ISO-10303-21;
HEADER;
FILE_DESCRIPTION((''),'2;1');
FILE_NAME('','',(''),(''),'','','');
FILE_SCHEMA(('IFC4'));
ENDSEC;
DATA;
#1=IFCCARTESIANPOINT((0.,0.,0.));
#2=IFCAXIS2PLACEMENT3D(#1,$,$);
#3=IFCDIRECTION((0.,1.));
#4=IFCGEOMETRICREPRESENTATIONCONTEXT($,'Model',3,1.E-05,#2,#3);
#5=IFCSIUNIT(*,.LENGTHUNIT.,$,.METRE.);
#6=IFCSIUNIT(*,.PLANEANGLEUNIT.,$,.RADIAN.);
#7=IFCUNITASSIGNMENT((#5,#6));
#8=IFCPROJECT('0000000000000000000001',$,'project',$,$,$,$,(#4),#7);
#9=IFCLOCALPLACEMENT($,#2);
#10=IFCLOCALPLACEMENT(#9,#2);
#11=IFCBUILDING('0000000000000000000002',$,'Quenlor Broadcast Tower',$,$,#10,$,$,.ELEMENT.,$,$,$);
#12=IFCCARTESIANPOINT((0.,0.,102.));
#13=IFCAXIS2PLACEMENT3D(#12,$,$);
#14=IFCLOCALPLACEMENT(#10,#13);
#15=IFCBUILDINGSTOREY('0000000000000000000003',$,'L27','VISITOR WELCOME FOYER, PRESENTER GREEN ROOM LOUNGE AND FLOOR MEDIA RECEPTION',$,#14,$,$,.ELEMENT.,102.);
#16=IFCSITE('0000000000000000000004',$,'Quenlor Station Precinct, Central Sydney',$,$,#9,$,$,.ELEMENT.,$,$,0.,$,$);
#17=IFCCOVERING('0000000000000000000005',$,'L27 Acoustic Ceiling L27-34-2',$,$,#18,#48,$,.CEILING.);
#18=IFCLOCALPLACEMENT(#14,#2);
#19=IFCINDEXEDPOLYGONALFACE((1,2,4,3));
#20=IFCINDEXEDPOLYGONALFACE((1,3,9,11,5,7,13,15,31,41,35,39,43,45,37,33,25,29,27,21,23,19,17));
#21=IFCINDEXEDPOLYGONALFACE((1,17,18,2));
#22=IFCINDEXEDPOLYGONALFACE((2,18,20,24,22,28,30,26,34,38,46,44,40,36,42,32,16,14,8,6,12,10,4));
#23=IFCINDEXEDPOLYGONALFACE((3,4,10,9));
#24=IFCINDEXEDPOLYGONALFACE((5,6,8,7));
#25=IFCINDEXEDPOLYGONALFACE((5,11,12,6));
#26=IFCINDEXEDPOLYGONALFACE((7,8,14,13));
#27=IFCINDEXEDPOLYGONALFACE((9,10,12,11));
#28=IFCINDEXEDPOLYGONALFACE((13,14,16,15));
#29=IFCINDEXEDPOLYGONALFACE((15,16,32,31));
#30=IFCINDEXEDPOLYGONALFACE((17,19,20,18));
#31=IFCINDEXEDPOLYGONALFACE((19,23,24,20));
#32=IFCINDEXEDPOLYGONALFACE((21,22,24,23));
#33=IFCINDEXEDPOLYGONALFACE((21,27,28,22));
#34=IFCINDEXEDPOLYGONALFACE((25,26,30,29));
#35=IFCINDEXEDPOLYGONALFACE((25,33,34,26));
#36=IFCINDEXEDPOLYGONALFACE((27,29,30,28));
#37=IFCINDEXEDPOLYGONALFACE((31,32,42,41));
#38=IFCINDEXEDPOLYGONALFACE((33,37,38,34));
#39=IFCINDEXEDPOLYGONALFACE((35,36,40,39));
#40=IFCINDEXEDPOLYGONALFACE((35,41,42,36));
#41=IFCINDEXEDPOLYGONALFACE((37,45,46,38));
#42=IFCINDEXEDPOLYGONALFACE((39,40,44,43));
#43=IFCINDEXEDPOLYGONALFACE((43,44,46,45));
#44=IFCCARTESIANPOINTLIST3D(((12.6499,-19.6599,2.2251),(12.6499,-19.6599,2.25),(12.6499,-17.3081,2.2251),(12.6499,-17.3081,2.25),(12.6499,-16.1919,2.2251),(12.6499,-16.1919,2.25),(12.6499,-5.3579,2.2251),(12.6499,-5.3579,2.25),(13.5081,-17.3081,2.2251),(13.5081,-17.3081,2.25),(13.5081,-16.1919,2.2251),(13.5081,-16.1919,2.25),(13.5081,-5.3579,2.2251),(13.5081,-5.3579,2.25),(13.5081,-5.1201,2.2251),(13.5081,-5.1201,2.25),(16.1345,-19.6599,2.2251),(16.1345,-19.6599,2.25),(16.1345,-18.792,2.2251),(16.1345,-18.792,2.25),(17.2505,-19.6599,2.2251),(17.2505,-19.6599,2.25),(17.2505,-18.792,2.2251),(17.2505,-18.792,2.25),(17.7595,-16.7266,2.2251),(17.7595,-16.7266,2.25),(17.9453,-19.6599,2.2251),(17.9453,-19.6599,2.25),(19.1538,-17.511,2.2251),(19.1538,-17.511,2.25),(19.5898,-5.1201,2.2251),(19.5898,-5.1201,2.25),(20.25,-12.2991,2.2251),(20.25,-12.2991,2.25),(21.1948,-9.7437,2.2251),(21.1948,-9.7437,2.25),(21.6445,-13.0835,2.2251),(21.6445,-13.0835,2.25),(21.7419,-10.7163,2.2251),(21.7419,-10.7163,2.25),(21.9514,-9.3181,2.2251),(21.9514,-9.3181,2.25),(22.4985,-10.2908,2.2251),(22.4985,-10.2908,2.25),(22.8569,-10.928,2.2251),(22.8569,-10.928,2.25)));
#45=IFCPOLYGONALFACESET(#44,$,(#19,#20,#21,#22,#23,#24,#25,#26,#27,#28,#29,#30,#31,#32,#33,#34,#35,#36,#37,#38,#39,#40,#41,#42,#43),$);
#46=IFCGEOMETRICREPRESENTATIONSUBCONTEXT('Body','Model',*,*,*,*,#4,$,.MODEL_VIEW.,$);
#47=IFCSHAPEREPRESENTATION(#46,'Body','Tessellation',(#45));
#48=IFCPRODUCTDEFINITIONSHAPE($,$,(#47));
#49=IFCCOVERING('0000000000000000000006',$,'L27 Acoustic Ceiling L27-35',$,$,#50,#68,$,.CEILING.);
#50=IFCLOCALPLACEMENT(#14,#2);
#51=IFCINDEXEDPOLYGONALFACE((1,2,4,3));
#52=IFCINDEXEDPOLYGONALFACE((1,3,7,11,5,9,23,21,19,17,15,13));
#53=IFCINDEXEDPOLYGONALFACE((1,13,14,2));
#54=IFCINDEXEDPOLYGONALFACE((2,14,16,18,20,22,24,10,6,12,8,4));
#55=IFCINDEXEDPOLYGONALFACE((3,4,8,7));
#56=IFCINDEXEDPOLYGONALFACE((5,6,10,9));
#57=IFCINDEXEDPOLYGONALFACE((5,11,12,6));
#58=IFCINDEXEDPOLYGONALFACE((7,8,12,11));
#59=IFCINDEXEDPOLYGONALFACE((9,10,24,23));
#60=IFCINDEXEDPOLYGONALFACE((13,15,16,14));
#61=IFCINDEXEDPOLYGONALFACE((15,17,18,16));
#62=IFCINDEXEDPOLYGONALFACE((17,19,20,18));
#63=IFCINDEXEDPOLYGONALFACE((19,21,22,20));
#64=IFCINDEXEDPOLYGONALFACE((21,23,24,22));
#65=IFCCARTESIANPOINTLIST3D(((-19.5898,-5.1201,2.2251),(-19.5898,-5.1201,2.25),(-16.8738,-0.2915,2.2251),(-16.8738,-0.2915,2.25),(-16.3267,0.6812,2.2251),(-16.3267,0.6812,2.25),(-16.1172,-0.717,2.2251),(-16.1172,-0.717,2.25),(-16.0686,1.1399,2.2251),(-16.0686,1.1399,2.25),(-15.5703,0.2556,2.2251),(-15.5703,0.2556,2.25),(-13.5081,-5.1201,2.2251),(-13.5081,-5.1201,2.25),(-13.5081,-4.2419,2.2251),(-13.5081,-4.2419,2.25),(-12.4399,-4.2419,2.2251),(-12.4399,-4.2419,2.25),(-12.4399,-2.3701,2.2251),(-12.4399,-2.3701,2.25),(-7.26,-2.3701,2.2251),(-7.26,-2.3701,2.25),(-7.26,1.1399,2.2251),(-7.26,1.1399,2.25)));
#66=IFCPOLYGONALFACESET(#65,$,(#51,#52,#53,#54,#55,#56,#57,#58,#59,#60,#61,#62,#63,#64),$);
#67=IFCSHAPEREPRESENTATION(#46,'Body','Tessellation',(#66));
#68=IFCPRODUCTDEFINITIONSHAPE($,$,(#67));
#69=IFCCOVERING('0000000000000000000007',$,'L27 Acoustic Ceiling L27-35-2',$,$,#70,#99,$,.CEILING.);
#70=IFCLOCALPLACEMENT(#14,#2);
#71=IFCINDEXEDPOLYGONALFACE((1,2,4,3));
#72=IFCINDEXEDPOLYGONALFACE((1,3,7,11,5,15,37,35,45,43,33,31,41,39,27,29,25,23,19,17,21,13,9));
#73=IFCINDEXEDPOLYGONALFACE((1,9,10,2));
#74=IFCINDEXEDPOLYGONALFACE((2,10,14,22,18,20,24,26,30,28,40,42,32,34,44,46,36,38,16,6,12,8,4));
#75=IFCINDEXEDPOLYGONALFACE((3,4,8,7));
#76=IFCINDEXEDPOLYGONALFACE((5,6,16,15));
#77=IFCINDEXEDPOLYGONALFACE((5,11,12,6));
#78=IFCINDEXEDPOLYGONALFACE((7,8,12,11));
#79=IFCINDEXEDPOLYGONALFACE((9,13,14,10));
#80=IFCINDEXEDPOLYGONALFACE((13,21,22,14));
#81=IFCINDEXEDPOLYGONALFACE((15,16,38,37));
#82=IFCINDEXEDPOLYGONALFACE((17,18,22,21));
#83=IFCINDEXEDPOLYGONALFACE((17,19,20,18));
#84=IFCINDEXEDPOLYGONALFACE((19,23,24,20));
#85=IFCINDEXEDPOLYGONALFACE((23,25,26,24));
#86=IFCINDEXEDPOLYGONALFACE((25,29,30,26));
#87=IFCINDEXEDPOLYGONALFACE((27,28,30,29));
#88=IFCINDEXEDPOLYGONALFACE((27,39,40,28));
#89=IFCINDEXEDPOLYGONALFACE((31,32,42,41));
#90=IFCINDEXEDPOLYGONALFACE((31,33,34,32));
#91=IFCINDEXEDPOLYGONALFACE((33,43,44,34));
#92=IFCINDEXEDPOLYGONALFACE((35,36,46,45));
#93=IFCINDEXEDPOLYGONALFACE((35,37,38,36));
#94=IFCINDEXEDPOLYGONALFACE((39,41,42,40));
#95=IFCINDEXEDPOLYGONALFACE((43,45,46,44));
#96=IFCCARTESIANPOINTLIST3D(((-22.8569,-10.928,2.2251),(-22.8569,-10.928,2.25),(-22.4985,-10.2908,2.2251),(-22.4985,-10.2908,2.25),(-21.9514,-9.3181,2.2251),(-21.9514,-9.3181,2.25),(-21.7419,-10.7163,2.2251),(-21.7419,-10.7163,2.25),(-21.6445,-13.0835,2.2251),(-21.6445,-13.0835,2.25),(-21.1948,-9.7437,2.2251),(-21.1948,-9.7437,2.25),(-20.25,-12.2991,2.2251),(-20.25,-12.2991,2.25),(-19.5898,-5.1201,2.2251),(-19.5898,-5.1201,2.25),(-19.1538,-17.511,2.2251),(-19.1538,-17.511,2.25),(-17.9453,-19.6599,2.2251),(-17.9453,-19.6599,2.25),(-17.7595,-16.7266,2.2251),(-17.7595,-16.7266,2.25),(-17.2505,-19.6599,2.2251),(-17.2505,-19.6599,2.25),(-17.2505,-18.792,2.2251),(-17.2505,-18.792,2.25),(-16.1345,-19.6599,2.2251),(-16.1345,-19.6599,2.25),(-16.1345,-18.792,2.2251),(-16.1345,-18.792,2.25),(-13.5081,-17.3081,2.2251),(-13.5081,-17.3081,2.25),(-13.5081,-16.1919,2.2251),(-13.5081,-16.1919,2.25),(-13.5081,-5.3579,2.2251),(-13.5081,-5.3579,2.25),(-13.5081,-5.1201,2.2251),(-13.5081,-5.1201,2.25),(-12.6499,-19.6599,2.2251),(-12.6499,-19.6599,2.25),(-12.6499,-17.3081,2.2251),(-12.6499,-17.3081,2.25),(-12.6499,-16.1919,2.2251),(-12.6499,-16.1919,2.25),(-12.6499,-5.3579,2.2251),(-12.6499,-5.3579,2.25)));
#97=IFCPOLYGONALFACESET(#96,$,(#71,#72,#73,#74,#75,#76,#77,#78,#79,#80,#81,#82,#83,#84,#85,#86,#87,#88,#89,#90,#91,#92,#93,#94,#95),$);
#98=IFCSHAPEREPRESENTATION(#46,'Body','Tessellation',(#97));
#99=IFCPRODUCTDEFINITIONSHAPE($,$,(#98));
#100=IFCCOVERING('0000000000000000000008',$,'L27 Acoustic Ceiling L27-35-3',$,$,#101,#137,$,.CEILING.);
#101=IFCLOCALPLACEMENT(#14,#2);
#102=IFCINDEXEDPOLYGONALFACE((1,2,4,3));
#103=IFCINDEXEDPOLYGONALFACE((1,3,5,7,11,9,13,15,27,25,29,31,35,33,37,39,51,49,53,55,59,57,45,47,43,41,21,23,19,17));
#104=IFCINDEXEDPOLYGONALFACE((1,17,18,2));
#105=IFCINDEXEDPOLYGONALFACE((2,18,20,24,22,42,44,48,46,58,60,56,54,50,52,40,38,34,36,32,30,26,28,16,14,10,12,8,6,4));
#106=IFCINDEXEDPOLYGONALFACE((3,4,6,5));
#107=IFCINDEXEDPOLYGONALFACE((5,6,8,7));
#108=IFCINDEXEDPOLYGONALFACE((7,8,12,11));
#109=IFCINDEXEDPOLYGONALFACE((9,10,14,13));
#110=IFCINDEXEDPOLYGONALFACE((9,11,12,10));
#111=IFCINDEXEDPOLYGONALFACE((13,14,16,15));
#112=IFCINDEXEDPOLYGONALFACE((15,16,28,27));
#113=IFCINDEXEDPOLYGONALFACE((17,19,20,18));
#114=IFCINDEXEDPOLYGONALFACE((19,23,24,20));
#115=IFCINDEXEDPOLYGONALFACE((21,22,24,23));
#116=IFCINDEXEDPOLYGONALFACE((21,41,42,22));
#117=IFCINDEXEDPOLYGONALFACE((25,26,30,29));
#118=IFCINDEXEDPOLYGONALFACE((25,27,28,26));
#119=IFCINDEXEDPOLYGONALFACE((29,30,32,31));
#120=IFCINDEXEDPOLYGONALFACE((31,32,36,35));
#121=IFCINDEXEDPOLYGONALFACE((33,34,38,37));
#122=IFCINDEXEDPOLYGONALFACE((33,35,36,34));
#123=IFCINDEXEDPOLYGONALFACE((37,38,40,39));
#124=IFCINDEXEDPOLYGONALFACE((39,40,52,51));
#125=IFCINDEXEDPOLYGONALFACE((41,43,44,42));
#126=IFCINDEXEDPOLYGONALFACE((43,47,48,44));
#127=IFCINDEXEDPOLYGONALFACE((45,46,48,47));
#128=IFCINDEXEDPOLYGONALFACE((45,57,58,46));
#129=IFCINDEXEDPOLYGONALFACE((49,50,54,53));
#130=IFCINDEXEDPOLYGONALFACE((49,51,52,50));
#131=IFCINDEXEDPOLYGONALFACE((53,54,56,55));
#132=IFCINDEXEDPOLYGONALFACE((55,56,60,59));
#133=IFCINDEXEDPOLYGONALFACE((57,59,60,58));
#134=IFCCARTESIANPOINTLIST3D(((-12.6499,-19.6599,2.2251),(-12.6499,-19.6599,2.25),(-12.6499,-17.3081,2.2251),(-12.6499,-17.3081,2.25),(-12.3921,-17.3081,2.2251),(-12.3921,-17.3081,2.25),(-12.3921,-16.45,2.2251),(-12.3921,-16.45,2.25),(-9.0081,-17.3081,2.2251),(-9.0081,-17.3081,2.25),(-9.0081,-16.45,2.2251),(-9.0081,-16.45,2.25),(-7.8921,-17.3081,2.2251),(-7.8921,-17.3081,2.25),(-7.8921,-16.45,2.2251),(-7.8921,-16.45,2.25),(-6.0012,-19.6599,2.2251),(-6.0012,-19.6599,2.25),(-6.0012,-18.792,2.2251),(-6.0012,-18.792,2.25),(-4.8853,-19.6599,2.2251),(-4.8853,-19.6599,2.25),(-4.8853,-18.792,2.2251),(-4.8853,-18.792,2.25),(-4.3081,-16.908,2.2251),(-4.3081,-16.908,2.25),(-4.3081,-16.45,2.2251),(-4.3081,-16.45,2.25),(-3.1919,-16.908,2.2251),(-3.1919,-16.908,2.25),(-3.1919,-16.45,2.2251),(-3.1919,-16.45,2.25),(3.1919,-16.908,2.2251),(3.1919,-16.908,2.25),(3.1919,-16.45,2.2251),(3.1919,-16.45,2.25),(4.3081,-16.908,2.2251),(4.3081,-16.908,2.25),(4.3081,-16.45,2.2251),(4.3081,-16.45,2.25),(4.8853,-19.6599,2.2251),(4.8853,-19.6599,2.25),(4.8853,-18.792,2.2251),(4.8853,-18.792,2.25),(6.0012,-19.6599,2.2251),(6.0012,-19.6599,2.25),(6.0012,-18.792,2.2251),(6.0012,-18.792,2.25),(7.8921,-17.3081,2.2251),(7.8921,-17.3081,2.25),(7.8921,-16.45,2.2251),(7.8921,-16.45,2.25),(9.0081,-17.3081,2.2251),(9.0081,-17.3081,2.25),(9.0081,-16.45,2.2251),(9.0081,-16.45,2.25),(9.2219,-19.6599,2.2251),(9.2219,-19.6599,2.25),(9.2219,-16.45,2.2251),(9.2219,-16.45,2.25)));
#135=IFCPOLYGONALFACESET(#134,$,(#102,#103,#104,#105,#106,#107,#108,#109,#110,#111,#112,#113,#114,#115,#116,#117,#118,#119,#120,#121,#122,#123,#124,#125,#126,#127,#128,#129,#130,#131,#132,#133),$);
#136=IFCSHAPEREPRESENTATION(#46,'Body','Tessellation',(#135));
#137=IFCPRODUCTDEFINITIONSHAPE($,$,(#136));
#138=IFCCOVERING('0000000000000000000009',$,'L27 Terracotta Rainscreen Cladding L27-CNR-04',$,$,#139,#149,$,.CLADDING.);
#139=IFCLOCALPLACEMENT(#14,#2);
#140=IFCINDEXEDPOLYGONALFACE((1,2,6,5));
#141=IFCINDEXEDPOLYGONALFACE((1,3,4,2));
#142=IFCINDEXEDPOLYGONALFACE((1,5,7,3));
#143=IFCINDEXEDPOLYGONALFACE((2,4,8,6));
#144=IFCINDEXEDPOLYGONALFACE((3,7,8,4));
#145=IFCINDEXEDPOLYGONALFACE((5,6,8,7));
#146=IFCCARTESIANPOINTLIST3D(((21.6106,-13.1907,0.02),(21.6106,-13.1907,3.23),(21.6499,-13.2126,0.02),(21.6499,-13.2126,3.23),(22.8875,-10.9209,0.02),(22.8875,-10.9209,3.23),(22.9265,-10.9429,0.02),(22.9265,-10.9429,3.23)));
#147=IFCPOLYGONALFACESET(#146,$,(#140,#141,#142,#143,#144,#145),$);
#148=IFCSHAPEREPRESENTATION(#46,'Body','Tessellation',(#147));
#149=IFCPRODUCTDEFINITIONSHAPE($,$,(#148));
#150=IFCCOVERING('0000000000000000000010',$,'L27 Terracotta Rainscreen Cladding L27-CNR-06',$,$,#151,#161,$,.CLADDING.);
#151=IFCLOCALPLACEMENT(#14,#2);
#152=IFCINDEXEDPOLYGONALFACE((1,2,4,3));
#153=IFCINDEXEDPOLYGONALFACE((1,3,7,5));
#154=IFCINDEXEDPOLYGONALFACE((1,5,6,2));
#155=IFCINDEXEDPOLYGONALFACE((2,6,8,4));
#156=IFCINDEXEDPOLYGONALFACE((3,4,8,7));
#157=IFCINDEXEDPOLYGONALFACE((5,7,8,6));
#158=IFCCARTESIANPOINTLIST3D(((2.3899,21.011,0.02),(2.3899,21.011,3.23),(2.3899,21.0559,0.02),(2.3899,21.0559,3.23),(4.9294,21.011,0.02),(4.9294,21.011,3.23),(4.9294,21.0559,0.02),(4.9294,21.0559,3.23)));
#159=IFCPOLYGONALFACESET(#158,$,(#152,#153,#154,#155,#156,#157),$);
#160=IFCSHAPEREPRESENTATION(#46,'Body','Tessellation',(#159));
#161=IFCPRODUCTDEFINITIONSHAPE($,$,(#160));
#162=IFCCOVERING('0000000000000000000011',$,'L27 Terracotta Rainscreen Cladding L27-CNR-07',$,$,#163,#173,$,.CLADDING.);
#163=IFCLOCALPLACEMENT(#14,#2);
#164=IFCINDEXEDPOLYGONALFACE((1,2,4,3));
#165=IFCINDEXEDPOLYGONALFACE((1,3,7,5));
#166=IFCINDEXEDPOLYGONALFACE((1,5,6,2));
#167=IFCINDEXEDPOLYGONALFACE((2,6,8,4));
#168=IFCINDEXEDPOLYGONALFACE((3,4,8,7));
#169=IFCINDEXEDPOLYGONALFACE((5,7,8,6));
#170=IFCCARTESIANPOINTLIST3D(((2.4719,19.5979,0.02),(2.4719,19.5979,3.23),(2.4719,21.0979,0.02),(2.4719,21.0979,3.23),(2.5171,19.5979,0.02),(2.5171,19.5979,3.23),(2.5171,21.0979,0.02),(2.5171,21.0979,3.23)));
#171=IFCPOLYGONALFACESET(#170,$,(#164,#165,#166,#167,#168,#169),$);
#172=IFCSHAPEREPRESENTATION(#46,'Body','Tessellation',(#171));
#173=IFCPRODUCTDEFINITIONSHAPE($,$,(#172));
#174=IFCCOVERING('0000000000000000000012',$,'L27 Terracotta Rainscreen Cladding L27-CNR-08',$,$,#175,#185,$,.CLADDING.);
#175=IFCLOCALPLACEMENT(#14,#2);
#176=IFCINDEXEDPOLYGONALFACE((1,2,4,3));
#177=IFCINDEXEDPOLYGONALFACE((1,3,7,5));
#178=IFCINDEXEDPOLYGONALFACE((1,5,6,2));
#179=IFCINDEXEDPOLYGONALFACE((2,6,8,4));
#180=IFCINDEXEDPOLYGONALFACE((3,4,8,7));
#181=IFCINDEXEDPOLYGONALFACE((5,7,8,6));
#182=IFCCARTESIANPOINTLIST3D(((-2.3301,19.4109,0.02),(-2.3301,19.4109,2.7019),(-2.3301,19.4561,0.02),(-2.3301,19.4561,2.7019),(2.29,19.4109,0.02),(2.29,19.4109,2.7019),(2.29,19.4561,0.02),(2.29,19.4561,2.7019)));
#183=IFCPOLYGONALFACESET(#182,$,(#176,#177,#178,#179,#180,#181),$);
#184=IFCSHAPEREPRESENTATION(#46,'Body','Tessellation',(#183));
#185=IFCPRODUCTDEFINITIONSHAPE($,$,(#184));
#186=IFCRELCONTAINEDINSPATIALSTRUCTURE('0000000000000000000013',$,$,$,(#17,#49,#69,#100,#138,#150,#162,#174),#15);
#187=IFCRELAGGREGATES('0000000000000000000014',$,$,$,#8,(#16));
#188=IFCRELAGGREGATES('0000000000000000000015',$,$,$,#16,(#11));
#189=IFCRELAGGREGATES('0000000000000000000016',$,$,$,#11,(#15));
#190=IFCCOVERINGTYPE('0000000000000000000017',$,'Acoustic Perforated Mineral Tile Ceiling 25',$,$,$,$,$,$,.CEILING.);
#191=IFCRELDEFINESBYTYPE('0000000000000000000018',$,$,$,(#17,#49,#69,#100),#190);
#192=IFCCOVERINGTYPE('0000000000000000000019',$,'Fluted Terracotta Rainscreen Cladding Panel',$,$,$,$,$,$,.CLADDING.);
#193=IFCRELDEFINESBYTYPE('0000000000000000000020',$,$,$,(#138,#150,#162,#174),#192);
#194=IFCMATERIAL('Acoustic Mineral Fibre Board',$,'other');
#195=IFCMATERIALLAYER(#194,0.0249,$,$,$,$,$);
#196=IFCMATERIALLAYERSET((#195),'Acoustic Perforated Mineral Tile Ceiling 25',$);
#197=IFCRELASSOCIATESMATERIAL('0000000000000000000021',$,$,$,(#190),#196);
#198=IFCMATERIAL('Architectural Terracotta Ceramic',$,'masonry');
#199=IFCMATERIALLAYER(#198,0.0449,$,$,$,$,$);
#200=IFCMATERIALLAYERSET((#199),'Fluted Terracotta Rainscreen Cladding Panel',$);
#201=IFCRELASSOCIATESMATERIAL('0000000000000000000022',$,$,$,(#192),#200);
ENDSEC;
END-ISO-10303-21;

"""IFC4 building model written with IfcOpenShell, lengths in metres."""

from ifc_helpers import new_model, si_unit, direction, frame, origin, place, context, subcontext, project, spatial, polyline, outline, extrude, material, layer, layer_set, type_object, element, save


model = new_model("IFC4")

# Units and contexts
model_context = context("Model", 3, precision=1e-05, world=origin(), true_north=direction((0.0, 1.0)))
body_context = subcontext(model_context, "Body", "Model", "MODEL_VIEW")
ifc_project = project(units=[si_unit("LENGTHUNIT", "METRE"), si_unit("PLANEANGLEUNIT", "RADIAN")], contexts=[model_context])

# Site, building, storey
site_placement = place(None, origin())
site = spatial("IfcSite", under=ifc_project, at=site_placement, Name="Quenlor Station Precinct, Central Sydney", CompositionType="ELEMENT", RefElevation=0.0)
building_placement = place(site_placement, origin())
building = spatial("IfcBuilding", under=site, at=building_placement, Name="Quenlor Broadcast Tower", CompositionType="ELEMENT")
storey_placement = place(building_placement, frame((0.0, 0.0, 102.0)))
storey = spatial("IfcBuildingStorey", under=building, at=storey_placement, Name="L27", Description="VISITOR WELCOME FOYER, PRESENTER GREEN ROOM LOUNGE AND FLOOR MEDIA RECEPTION", CompositionType="ELEMENT", Elevation=102.0)

# Coverings
ifc_material_1 = material(Name="Acoustic Mineral Fibre Board", Category="other")
ifc_layer_1 = layer(ifc_material_1, 0.0249)
ifc_layer_set_1 = layer_set([ifc_layer_1], Name="Acoustic Perforated Mineral Tile Ceiling 25")
covering_type_1 = type_object("IfcCoveringType", Name="Acoustic Perforated Mineral Tile Ceiling 25", PredefinedType="CEILING", material=ifc_layer_set_1)
covering_1_placement = place(storey_placement, frame((0.0, 0.0, 2.2251)))
element("IfcCovering", 1, at=covering_1_placement, inside=storey, type_object=covering_type_1, Name="L27 Acoustic Ceiling L27-34-2", PredefinedType="CEILING", context=body_context, shape_type="SweptSolid", body=[
    extrude(outline(polyline([(21.9514, -9.3181), (21.1948, -9.7437), (21.7419, -10.7163), (22.4985, -10.2908), (22.8569, -10.928), (21.6445, -13.0835), (20.25, -12.2991), (17.7595, -16.7266), (19.1538, -17.511), (17.9453, -19.6599), (17.2505, -19.6599), (17.2505, -18.792), (16.1345, -18.792), (16.1345, -19.6599), (12.6499, -19.6599), (12.6499, -17.3081), (13.5081, -17.3081), (13.5081, -16.1919), (12.6499, -16.1919), (12.6499, -5.3579), (13.5081, -5.3579), (13.5081, -5.1201), (19.5898, -5.1201), (21.9514, -9.3181)])), origin(), (0.0, 0.0, 1.0), 0.0249),
])
covering_2_placement = place(storey_placement, frame((0.0, 0.0, 2.2251)))
element("IfcCovering", 2, at=covering_2_placement, inside=storey, type_object=covering_type_1, Name="L27 Acoustic Ceiling L27-35", PredefinedType="CEILING", context=body_context, shape_type="SweptSolid", body=[
    extrude(outline(polyline([(-16.8738, -0.2915), (-16.1172, -0.717), (-15.5703, 0.2556), (-16.3267, 0.6812), (-16.0686, 1.1399), (-7.26, 1.1399), (-7.26, -2.3701), (-12.4399, -2.3701), (-12.4399, -4.2419), (-13.5081, -4.2419), (-13.5081, -5.1201), (-19.5898, -5.1201), (-16.8738, -0.2915)])), origin(), (0.0, 0.0, 1.0), 0.0249),
])
covering_3_placement = place(storey_placement, frame((0.0, 0.0, 2.2251)))
element("IfcCovering", 3, at=covering_3_placement, inside=storey, type_object=covering_type_1, Name="L27 Acoustic Ceiling L27-35-2", PredefinedType="CEILING", context=body_context, shape_type="SweptSolid", body=[
    extrude(outline(polyline([(-22.8569, -10.928), (-22.4985, -10.2908), (-21.7419, -10.7163), (-21.1948, -9.7437), (-21.9514, -9.3181), (-19.5898, -5.1201), (-13.5081, -5.1201), (-13.5081, -5.3579), (-12.6499, -5.3579), (-12.6499, -16.1919), (-13.5081, -16.1919), (-13.5081, -17.3081), (-12.6499, -17.3081), (-12.6499, -19.6599), (-16.1345, -19.6599), (-16.1345, -18.792), (-17.2505, -18.792), (-17.2505, -19.6599), (-17.9453, -19.6599), (-19.1538, -17.511), (-17.7595, -16.7266), (-20.25, -12.2991), (-21.6445, -13.0835), (-22.8569, -10.928)])), origin(), (0.0, 0.0, 1.0), 0.0249),
])
covering_4_placement = place(storey_placement, frame((0.0, 0.0, 2.2251)))
element("IfcCovering", 4, at=covering_4_placement, inside=storey, type_object=covering_type_1, Name="L27 Acoustic Ceiling L27-35-3", PredefinedType="CEILING", context=body_context, shape_type="SweptSolid", body=[
    extrude(outline(polyline([(-12.3921, -17.3081), (-12.3921, -16.45), (-9.0081, -16.45), (-9.0081, -17.3081), (-7.8921, -17.3081), (-7.8921, -16.45), (-4.3081, -16.45), (-4.3081, -16.908), (-3.1919, -16.908), (-3.1919, -16.45), (3.1919, -16.45), (3.1919, -16.908), (4.3081, -16.908), (4.3081, -16.45), (7.8921, -16.45), (7.8921, -17.3081), (9.0081, -17.3081), (9.0081, -16.45), (9.2219, -16.45), (9.2219, -19.6599), (6.0012, -19.6599), (6.0012, -18.792), (4.8853, -18.792), (4.8853, -19.6599), (-4.8853, -19.6599), (-4.8853, -18.792), (-6.0012, -18.792), (-6.0012, -19.6599), (-12.6499, -19.6599), (-12.6499, -17.3081), (-12.3921, -17.3081)])), origin(), (0.0, 0.0, 1.0), 0.0249),
])
ifc_material_2 = material(Name="Architectural Terracotta Ceramic", Category="masonry")
ifc_layer_2 = layer(ifc_material_2, 0.0449)
ifc_layer_set_2 = layer_set([ifc_layer_2], Name="Fluted Terracotta Rainscreen Cladding Panel")
covering_type_2 = type_object("IfcCoveringType", Name="Fluted Terracotta Rainscreen Cladding Panel", PredefinedType="CLADDING", material=ifc_layer_set_2)
covering_5_placement = place(storey_placement, frame((0.0, 0.0, 0.02)))
element("IfcCovering", 5, at=covering_5_placement, inside=storey, type_object=covering_type_2, Name="L27 Terracotta Rainscreen Cladding L27-CNR-04", PredefinedType="CLADDING", context=body_context, shape_type="SweptSolid", body=[
    extrude(outline(polyline([(21.6499, -13.2126), (22.9265, -10.9429), (22.8875, -10.9209), (21.6106, -13.1907), (21.6499, -13.2126)])), origin(), (0.0, 0.0, 1.0), 3.21),
])
covering_6_placement = place(storey_placement, frame((0.0, 0.0, 0.02)))
element("IfcCovering", 6, at=covering_6_placement, inside=storey, type_object=covering_type_2, Name="L27 Terracotta Rainscreen Cladding L27-CNR-06", PredefinedType="CLADDING", context=body_context, shape_type="SweptSolid", body=[
    extrude(outline(polyline([(4.9294, 21.0559), (2.3899, 21.0559), (2.3899, 21.011), (4.9294, 21.011), (4.9294, 21.0559)])), origin(), (0.0, 0.0, 1.0), 3.21),
])
covering_7_placement = place(storey_placement, frame((0.0, 0.0, 0.02)))
element("IfcCovering", 7, at=covering_7_placement, inside=storey, type_object=covering_type_2, Name="L27 Terracotta Rainscreen Cladding L27-CNR-07", PredefinedType="CLADDING", context=body_context, shape_type="SweptSolid", body=[
    extrude(outline(polyline([(2.4719, 21.0979), (2.4719, 19.5979), (2.5171, 19.5979), (2.5171, 21.0979), (2.4719, 21.0979)])), origin(), (0.0, 0.0, 1.0), 3.21),
])
covering_8_placement = place(storey_placement, frame((0.0, 0.0, 0.02)))
element("IfcCovering", 8, at=covering_8_placement, inside=storey, type_object=covering_type_2, Name="L27 Terracotta Rainscreen Cladding L27-CNR-08", PredefinedType="CLADDING", context=body_context, shape_type="SweptSolid", body=[
    extrude(outline(polyline([(2.29, 19.4561), (-2.3301, 19.4561), (-2.3301, 19.4109), (2.29, 19.4109), (2.29, 19.4561)])), origin(), (0.0, 0.0, 1.0), 2.6819),
])

save(model, "model.ifc")
